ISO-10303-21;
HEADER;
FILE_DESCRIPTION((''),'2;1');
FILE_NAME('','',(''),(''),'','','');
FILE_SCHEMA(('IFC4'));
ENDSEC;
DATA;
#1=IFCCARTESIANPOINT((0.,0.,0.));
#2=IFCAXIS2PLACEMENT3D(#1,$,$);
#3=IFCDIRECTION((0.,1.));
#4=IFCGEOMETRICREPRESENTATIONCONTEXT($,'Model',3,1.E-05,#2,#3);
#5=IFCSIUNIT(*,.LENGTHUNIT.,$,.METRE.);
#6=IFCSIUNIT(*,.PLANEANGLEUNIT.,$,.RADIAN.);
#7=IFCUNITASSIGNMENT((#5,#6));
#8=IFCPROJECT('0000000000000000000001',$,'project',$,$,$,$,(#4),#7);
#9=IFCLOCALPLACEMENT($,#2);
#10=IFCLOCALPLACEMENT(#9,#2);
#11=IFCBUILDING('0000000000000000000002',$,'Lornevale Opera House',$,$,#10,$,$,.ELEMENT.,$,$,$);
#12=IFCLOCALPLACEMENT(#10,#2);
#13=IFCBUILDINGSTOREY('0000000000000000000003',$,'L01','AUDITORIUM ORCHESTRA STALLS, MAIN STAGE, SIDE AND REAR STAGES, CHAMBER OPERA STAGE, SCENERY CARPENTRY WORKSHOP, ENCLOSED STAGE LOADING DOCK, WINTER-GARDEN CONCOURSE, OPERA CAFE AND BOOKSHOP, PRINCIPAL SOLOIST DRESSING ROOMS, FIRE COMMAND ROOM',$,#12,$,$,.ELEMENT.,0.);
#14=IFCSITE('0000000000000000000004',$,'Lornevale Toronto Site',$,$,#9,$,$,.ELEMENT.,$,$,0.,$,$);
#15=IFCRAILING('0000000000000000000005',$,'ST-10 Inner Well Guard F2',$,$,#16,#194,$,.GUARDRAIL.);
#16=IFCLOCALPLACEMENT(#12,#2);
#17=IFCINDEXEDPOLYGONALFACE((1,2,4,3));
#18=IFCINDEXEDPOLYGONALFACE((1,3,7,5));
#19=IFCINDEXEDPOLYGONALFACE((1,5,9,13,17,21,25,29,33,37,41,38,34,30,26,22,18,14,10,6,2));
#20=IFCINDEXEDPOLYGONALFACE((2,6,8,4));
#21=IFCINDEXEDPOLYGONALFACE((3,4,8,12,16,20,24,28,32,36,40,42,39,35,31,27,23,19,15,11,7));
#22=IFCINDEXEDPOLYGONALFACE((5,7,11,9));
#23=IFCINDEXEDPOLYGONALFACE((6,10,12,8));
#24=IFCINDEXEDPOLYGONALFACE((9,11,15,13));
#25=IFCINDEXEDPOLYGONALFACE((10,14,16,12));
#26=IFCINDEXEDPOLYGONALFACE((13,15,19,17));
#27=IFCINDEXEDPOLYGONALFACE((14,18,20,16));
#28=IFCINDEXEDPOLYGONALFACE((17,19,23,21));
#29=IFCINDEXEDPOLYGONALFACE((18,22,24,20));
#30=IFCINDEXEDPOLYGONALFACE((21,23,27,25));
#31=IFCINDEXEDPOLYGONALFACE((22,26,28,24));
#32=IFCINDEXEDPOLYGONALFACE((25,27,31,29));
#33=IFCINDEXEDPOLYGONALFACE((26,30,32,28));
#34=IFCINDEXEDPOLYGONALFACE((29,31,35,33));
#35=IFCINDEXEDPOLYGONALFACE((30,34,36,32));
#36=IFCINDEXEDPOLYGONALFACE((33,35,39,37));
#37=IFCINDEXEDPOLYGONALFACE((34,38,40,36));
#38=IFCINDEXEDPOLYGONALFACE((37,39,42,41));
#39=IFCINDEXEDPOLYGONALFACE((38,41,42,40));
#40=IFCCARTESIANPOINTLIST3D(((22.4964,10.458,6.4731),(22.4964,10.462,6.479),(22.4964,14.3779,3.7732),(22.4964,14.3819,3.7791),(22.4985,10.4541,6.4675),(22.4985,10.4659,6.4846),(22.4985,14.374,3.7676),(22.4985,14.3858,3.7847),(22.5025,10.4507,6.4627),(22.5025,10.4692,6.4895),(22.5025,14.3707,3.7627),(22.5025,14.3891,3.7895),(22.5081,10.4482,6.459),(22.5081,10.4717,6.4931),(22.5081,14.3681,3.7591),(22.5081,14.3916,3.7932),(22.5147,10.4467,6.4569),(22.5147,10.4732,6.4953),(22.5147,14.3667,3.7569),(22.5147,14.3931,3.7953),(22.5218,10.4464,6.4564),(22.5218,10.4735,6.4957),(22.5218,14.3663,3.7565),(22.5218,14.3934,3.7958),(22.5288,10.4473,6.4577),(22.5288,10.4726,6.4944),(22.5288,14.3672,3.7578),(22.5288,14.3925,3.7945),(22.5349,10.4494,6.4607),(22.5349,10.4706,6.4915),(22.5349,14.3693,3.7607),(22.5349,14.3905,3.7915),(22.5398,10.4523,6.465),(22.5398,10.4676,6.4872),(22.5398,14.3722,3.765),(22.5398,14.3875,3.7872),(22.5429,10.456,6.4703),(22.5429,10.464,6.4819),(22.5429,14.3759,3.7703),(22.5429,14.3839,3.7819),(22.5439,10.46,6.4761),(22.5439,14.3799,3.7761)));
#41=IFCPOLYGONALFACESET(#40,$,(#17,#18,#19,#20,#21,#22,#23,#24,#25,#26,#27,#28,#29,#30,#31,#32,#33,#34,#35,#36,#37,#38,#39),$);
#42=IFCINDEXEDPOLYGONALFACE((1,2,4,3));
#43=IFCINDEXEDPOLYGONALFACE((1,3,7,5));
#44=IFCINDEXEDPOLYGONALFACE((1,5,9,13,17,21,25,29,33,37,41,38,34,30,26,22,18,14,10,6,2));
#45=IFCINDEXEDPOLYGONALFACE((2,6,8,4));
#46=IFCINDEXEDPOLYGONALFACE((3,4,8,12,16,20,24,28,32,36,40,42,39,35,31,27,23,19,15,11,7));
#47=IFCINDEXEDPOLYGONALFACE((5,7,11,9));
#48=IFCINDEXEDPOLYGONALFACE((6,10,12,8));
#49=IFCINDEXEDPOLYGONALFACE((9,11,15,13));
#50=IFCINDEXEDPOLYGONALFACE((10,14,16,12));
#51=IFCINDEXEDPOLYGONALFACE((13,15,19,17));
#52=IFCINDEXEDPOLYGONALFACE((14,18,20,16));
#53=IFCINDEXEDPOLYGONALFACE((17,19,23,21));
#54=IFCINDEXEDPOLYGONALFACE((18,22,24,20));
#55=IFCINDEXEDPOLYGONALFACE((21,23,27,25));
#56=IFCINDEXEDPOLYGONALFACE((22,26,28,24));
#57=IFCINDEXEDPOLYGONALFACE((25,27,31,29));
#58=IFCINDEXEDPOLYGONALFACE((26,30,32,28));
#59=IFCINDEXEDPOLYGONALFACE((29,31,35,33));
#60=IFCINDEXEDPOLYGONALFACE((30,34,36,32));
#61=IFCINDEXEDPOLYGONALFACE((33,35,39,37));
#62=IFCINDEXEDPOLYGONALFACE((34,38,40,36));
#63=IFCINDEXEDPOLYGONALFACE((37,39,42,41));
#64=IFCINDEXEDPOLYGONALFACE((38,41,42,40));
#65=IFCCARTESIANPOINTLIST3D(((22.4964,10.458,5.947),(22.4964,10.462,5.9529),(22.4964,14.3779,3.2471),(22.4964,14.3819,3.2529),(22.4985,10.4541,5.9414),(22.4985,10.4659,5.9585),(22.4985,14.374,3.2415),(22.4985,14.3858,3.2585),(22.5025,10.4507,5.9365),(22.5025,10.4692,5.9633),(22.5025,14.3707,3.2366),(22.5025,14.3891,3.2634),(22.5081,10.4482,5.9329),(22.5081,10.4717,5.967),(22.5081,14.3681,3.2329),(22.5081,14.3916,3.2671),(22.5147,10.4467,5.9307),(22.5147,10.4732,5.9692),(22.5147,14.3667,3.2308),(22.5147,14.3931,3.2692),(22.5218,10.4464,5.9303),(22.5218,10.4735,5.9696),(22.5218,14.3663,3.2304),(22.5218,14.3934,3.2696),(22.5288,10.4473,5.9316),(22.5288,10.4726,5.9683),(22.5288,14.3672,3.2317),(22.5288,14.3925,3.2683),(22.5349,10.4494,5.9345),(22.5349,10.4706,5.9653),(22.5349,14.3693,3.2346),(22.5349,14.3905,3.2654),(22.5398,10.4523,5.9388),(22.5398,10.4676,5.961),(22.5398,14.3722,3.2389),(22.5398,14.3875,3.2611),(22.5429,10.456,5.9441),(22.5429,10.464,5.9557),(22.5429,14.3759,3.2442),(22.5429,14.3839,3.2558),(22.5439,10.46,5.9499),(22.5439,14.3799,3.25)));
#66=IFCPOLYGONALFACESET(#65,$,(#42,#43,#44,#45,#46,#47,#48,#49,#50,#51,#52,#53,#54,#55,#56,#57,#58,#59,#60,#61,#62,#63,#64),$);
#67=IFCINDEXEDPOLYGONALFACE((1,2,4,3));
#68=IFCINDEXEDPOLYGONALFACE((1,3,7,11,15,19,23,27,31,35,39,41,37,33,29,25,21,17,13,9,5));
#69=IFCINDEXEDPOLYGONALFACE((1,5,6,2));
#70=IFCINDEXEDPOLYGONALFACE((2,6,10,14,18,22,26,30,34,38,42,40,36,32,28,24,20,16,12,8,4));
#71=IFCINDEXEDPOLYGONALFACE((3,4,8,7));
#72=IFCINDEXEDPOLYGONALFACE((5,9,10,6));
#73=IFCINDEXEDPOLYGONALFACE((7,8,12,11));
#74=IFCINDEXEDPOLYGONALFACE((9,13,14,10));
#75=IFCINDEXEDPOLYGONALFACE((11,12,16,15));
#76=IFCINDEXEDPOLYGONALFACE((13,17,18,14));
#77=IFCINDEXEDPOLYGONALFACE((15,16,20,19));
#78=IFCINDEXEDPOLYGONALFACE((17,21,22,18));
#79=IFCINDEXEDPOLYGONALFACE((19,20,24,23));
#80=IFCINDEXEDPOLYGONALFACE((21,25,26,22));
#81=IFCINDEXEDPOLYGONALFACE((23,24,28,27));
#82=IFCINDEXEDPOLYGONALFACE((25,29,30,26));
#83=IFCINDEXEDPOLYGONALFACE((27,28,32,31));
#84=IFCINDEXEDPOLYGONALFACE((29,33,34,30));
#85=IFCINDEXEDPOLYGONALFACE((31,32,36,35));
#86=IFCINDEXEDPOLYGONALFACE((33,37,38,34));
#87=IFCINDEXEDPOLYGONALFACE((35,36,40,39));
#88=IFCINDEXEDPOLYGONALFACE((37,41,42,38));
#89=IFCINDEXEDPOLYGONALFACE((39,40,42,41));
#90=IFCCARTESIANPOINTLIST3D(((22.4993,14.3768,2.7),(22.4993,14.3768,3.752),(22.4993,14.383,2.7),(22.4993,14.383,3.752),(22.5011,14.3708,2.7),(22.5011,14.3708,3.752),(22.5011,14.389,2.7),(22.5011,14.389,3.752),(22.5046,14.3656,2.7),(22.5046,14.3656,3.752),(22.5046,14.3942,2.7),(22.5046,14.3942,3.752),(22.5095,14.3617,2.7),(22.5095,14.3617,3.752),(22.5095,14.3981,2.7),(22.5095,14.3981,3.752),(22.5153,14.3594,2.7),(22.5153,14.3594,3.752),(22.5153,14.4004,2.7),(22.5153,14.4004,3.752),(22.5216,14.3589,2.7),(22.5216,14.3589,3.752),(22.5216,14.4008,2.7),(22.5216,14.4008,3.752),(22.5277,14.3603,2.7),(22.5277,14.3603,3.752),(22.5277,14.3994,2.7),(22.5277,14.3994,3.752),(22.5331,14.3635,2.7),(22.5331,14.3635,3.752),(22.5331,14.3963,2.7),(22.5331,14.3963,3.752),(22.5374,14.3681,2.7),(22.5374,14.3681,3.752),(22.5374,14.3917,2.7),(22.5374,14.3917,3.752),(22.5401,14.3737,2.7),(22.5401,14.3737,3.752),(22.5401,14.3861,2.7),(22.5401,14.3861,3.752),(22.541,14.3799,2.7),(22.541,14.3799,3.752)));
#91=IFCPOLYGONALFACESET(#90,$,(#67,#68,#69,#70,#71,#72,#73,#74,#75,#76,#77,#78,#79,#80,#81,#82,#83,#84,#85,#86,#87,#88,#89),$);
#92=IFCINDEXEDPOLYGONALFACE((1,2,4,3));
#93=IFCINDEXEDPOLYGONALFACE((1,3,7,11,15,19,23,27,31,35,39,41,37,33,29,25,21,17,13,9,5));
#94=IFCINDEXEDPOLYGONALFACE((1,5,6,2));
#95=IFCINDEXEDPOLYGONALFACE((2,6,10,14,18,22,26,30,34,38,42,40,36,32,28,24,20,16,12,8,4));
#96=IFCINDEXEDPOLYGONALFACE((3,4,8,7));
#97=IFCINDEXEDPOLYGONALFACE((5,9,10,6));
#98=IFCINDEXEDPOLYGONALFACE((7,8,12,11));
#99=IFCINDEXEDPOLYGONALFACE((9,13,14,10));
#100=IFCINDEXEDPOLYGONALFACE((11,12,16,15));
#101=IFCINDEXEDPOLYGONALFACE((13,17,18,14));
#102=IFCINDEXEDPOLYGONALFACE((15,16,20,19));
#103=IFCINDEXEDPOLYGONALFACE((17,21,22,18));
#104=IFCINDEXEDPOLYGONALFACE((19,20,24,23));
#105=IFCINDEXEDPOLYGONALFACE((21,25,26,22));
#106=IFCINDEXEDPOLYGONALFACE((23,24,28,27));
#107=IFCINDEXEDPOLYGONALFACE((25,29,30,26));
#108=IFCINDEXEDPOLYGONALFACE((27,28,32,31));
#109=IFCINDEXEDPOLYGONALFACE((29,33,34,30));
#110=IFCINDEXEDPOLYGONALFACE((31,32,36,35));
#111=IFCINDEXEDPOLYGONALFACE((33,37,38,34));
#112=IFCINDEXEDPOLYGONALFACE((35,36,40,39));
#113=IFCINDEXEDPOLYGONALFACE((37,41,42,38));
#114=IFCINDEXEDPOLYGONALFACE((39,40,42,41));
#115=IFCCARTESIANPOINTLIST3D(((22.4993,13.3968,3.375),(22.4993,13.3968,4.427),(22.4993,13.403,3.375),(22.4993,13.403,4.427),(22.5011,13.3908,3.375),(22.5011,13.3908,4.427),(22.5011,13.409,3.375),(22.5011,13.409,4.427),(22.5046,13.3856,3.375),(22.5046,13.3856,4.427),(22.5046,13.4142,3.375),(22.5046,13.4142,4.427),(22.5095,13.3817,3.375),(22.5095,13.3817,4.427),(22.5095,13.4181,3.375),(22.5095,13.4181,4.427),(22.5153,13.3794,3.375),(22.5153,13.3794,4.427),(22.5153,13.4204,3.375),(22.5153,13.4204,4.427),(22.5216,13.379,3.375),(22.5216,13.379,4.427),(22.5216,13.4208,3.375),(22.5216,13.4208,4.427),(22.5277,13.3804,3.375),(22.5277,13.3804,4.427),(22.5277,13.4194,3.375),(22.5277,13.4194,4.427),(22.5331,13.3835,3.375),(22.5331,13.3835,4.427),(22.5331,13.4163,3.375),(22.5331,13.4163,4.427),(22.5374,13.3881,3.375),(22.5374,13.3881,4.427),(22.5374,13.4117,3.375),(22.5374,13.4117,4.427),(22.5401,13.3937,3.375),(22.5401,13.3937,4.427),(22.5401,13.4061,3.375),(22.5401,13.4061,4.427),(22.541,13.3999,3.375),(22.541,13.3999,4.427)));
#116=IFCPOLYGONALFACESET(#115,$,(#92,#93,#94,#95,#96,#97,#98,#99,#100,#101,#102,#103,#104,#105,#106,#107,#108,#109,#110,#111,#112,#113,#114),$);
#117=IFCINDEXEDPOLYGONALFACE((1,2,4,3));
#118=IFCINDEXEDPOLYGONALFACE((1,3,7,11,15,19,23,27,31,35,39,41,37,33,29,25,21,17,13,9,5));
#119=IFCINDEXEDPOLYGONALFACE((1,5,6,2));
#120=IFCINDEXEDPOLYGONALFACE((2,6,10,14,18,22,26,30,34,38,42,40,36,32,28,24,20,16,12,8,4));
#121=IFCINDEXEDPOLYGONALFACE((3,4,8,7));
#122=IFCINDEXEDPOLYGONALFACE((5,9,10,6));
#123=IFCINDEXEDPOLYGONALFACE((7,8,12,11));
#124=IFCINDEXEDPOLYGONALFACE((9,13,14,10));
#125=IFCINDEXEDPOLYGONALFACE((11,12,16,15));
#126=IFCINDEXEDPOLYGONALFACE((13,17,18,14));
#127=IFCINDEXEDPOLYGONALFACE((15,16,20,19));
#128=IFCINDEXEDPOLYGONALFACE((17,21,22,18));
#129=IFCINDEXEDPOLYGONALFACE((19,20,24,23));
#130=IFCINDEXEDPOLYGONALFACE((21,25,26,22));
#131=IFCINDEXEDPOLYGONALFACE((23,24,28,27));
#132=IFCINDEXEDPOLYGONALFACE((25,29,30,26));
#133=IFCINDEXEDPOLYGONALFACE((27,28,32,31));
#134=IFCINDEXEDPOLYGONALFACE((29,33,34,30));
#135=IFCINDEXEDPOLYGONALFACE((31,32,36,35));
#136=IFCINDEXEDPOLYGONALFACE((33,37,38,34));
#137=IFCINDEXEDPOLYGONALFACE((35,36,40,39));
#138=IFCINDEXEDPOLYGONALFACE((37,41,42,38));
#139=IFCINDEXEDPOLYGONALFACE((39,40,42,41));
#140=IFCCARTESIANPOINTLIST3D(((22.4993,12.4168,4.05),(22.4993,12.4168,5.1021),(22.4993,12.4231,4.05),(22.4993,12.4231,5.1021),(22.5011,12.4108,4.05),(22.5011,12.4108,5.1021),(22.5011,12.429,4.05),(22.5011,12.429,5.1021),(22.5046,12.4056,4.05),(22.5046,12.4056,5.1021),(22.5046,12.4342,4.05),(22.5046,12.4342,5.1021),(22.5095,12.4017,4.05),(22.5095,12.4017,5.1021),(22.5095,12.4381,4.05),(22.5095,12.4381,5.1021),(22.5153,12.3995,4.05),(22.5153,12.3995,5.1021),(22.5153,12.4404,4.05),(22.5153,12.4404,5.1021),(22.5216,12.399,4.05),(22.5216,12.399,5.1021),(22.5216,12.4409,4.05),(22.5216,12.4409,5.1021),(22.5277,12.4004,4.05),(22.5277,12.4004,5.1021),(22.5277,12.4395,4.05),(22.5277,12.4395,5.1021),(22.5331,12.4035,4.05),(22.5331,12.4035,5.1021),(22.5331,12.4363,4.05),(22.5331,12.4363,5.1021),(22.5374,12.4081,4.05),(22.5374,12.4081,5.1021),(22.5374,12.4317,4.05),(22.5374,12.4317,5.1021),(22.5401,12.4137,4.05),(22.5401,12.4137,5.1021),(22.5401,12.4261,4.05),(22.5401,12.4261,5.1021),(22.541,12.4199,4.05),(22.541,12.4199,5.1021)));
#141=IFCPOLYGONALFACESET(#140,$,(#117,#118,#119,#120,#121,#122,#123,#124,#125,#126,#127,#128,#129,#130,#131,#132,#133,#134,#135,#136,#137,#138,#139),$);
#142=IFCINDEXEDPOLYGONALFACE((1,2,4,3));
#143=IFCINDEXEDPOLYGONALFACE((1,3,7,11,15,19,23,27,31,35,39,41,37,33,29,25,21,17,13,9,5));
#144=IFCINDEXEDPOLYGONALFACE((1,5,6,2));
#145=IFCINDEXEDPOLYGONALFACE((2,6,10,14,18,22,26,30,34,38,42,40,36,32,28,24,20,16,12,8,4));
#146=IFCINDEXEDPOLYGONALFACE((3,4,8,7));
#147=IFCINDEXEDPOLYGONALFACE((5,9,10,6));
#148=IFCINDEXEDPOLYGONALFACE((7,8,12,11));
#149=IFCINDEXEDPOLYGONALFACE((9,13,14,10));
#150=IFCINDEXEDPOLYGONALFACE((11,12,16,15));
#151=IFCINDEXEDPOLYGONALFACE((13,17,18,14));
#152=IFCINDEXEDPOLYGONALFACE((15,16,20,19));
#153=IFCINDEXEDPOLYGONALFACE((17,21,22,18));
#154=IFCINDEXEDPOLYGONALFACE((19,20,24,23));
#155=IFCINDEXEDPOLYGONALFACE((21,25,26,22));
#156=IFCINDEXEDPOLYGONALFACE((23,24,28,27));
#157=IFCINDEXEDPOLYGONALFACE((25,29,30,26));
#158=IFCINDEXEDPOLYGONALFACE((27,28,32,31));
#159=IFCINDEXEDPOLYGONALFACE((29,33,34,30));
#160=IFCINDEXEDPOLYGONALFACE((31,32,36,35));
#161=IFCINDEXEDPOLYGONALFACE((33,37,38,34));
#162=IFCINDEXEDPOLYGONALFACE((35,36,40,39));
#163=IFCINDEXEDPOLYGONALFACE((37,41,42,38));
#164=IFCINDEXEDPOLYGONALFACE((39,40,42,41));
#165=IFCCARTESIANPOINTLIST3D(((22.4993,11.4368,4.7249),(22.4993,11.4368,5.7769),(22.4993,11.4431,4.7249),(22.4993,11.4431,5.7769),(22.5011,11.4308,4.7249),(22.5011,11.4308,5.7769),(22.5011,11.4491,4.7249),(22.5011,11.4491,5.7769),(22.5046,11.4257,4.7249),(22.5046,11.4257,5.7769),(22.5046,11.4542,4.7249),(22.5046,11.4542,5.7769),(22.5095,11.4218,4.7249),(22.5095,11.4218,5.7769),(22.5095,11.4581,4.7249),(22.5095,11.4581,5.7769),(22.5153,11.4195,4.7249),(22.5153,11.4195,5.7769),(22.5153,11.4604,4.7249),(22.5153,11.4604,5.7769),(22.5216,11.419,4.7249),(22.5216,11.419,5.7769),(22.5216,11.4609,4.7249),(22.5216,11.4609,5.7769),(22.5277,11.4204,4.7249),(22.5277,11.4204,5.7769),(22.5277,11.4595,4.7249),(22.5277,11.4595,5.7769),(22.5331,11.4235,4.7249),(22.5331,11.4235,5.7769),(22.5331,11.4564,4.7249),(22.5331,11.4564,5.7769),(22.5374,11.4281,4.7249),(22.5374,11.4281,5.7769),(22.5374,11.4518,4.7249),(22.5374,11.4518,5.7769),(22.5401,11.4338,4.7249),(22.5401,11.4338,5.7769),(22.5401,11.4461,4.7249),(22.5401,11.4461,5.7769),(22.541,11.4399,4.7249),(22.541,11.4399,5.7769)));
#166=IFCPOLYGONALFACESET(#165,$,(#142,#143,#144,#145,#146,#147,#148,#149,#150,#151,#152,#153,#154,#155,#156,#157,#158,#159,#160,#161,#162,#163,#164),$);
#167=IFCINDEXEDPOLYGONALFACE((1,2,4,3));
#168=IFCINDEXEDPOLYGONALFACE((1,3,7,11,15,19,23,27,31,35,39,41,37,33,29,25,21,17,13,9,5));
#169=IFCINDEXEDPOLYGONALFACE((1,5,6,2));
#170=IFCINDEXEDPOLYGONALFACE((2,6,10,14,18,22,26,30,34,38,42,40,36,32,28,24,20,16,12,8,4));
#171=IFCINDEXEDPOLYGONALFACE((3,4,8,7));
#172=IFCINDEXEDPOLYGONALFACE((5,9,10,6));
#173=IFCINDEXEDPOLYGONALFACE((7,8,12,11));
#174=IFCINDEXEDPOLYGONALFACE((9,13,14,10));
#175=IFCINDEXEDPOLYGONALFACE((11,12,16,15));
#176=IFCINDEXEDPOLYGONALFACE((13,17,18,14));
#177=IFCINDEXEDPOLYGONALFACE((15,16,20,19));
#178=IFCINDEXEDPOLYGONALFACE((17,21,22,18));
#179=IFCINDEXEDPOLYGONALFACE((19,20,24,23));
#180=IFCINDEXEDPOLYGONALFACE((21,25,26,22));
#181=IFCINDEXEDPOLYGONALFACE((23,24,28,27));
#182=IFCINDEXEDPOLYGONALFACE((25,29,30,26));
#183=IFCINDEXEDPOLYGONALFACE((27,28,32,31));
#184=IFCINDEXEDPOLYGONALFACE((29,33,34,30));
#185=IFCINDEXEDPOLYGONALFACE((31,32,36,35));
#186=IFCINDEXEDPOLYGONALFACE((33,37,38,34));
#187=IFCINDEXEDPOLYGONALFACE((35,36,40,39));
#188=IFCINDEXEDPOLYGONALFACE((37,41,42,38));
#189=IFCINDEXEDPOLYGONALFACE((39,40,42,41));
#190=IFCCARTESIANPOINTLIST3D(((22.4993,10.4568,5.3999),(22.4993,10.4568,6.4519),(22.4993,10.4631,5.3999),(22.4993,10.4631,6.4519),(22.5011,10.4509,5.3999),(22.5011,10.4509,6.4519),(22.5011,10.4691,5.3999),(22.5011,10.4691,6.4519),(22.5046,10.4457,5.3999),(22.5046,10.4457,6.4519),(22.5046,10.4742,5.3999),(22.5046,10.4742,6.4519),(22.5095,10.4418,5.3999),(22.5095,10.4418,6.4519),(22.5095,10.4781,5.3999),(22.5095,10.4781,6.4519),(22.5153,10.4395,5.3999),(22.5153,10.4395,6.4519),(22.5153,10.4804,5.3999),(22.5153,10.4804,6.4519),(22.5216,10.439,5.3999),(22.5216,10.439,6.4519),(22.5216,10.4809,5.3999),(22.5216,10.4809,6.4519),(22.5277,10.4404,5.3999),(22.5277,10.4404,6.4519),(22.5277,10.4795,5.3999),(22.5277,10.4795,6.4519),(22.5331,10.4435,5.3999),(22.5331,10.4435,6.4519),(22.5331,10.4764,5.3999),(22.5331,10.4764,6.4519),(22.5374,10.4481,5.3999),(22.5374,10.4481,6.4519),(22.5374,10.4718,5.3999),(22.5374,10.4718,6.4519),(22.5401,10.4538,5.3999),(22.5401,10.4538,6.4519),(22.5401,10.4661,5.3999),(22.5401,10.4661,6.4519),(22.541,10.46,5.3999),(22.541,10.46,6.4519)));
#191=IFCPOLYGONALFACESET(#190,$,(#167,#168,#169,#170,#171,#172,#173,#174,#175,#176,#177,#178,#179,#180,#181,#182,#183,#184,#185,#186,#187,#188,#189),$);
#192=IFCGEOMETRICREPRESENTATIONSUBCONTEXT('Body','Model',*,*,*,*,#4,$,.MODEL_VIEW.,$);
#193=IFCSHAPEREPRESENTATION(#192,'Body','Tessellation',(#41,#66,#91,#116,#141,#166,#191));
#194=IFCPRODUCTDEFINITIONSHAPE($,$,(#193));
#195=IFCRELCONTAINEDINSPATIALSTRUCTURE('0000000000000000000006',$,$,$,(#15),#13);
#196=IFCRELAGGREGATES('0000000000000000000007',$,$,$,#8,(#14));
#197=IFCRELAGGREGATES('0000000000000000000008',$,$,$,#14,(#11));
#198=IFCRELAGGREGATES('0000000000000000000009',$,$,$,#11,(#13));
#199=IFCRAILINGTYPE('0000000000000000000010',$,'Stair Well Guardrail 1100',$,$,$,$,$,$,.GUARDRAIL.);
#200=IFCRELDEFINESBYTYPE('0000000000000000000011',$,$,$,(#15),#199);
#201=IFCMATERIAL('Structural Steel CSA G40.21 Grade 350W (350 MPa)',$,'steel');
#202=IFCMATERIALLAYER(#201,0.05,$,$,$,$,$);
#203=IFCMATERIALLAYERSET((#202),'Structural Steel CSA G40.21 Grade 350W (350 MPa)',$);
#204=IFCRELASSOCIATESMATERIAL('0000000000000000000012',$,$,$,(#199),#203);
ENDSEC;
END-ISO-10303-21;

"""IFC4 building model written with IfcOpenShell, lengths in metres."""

from ifc_helpers import new_model, si_unit, direction, frame, origin, origin_2d, place, context, subcontext, project, spatial, circle, extrude, material, layer, layer_set, type_object, element, save


model = new_model("IFC4")

# Units and contexts
model_context = context("Model", 3, precision=1e-05, world=origin(), true_north=direction((0.0, 1.0)))
body_context = subcontext(model_context, "Body", "Model", "MODEL_VIEW")
ifc_project = project(units=[si_unit("LENGTHUNIT", "METRE"), si_unit("PLANEANGLEUNIT", "RADIAN")], contexts=[model_context])

# Site, building, storey
site_placement = place(None, origin())
site = spatial("IfcSite", under=ifc_project, at=site_placement, Name="Lornevale Toronto Site", CompositionType="ELEMENT", RefElevation=0.0)
building_placement = place(site_placement, origin())
building = spatial("IfcBuilding", under=site, at=building_placement, Name="Lornevale Opera House", CompositionType="ELEMENT")
storey_placement = place(building_placement, origin())
storey = spatial("IfcBuildingStorey", under=building, at=storey_placement, Name="L01", Description="AUDITORIUM ORCHESTRA STALLS, MAIN STAGE, SIDE AND REAR STAGES, CHAMBER OPERA STAGE, SCENERY CARPENTRY WORKSHOP, ENCLOSED STAGE LOADING DOCK, WINTER-GARDEN CONCOURSE, OPERA CAFE AND BOOKSHOP, PRINCIPAL SOLOIST DRESSING ROOMS, FIRE COMMAND ROOM", CompositionType="ELEMENT", Elevation=0.0)

# Railing
ifc_material_1 = material(Name="Structural Steel CSA G40.21 Grade 350W (350 MPa)", Category="steel")
ifc_layer_1 = layer(ifc_material_1, 0.05)
ifc_layer_set_1 = layer_set([ifc_layer_1], Name="Structural Steel CSA G40.21 Grade 350W (350 MPa)")
railing_type_1 = type_object("IfcRailingType", Name="Stair Well Guardrail 1100", PredefinedType="GUARDRAIL", material=ifc_layer_set_1)
railing_1_placement = place(storey_placement, frame((22.52, 14.3799, 2.7)))
element("IfcRailing", 1, at=railing_1_placement, inside=storey, type_object=railing_type_1, Name="ST-10 Inner Well Guard F2", PredefinedType="GUARDRAIL", context=body_context, shape_type="SweptSolid", body=[
    extrude(circle(Radius=0.0239, at=origin_2d()), frame((0.0, 0.0, 1.0762), z_axis=(0.0, -0.823551, 0.567243), x_axis=(1.0, 0.0, 0.0)), (0.0, 0.0, 1.0), 4.7598),
    extrude(circle(Radius=0.0239, at=origin_2d()), frame((0.0, 0.0, 0.55), z_axis=(0.0, -0.823551, 0.567243), x_axis=(1.0, 0.0, 0.0)), (0.0, 0.0, 1.0), 4.7598),
    extrude(circle(Radius=0.021, at=origin_2d()), origin(), (0.0, 0.0, 1.0), 1.052),
    extrude(circle(Radius=0.021, at=origin_2d()), frame((0.0, -0.98, 0.675)), (0.0, 0.0, 1.0), 1.052),
    extrude(circle(Radius=0.021, at=origin_2d()), frame((0.0, -1.96, 1.3501)), (0.0, 0.0, 1.0), 1.052),
    extrude(circle(Radius=0.021, at=origin_2d()), frame((0.0, -2.9399, 2.0249)), (0.0, 0.0, 1.0), 1.052),
    extrude(circle(Radius=0.021, at=origin_2d()), frame((0.0, -3.9199, 2.7)), (0.0, 0.0, 1.0), 1.052),
])

save(model, "model.ifc")
